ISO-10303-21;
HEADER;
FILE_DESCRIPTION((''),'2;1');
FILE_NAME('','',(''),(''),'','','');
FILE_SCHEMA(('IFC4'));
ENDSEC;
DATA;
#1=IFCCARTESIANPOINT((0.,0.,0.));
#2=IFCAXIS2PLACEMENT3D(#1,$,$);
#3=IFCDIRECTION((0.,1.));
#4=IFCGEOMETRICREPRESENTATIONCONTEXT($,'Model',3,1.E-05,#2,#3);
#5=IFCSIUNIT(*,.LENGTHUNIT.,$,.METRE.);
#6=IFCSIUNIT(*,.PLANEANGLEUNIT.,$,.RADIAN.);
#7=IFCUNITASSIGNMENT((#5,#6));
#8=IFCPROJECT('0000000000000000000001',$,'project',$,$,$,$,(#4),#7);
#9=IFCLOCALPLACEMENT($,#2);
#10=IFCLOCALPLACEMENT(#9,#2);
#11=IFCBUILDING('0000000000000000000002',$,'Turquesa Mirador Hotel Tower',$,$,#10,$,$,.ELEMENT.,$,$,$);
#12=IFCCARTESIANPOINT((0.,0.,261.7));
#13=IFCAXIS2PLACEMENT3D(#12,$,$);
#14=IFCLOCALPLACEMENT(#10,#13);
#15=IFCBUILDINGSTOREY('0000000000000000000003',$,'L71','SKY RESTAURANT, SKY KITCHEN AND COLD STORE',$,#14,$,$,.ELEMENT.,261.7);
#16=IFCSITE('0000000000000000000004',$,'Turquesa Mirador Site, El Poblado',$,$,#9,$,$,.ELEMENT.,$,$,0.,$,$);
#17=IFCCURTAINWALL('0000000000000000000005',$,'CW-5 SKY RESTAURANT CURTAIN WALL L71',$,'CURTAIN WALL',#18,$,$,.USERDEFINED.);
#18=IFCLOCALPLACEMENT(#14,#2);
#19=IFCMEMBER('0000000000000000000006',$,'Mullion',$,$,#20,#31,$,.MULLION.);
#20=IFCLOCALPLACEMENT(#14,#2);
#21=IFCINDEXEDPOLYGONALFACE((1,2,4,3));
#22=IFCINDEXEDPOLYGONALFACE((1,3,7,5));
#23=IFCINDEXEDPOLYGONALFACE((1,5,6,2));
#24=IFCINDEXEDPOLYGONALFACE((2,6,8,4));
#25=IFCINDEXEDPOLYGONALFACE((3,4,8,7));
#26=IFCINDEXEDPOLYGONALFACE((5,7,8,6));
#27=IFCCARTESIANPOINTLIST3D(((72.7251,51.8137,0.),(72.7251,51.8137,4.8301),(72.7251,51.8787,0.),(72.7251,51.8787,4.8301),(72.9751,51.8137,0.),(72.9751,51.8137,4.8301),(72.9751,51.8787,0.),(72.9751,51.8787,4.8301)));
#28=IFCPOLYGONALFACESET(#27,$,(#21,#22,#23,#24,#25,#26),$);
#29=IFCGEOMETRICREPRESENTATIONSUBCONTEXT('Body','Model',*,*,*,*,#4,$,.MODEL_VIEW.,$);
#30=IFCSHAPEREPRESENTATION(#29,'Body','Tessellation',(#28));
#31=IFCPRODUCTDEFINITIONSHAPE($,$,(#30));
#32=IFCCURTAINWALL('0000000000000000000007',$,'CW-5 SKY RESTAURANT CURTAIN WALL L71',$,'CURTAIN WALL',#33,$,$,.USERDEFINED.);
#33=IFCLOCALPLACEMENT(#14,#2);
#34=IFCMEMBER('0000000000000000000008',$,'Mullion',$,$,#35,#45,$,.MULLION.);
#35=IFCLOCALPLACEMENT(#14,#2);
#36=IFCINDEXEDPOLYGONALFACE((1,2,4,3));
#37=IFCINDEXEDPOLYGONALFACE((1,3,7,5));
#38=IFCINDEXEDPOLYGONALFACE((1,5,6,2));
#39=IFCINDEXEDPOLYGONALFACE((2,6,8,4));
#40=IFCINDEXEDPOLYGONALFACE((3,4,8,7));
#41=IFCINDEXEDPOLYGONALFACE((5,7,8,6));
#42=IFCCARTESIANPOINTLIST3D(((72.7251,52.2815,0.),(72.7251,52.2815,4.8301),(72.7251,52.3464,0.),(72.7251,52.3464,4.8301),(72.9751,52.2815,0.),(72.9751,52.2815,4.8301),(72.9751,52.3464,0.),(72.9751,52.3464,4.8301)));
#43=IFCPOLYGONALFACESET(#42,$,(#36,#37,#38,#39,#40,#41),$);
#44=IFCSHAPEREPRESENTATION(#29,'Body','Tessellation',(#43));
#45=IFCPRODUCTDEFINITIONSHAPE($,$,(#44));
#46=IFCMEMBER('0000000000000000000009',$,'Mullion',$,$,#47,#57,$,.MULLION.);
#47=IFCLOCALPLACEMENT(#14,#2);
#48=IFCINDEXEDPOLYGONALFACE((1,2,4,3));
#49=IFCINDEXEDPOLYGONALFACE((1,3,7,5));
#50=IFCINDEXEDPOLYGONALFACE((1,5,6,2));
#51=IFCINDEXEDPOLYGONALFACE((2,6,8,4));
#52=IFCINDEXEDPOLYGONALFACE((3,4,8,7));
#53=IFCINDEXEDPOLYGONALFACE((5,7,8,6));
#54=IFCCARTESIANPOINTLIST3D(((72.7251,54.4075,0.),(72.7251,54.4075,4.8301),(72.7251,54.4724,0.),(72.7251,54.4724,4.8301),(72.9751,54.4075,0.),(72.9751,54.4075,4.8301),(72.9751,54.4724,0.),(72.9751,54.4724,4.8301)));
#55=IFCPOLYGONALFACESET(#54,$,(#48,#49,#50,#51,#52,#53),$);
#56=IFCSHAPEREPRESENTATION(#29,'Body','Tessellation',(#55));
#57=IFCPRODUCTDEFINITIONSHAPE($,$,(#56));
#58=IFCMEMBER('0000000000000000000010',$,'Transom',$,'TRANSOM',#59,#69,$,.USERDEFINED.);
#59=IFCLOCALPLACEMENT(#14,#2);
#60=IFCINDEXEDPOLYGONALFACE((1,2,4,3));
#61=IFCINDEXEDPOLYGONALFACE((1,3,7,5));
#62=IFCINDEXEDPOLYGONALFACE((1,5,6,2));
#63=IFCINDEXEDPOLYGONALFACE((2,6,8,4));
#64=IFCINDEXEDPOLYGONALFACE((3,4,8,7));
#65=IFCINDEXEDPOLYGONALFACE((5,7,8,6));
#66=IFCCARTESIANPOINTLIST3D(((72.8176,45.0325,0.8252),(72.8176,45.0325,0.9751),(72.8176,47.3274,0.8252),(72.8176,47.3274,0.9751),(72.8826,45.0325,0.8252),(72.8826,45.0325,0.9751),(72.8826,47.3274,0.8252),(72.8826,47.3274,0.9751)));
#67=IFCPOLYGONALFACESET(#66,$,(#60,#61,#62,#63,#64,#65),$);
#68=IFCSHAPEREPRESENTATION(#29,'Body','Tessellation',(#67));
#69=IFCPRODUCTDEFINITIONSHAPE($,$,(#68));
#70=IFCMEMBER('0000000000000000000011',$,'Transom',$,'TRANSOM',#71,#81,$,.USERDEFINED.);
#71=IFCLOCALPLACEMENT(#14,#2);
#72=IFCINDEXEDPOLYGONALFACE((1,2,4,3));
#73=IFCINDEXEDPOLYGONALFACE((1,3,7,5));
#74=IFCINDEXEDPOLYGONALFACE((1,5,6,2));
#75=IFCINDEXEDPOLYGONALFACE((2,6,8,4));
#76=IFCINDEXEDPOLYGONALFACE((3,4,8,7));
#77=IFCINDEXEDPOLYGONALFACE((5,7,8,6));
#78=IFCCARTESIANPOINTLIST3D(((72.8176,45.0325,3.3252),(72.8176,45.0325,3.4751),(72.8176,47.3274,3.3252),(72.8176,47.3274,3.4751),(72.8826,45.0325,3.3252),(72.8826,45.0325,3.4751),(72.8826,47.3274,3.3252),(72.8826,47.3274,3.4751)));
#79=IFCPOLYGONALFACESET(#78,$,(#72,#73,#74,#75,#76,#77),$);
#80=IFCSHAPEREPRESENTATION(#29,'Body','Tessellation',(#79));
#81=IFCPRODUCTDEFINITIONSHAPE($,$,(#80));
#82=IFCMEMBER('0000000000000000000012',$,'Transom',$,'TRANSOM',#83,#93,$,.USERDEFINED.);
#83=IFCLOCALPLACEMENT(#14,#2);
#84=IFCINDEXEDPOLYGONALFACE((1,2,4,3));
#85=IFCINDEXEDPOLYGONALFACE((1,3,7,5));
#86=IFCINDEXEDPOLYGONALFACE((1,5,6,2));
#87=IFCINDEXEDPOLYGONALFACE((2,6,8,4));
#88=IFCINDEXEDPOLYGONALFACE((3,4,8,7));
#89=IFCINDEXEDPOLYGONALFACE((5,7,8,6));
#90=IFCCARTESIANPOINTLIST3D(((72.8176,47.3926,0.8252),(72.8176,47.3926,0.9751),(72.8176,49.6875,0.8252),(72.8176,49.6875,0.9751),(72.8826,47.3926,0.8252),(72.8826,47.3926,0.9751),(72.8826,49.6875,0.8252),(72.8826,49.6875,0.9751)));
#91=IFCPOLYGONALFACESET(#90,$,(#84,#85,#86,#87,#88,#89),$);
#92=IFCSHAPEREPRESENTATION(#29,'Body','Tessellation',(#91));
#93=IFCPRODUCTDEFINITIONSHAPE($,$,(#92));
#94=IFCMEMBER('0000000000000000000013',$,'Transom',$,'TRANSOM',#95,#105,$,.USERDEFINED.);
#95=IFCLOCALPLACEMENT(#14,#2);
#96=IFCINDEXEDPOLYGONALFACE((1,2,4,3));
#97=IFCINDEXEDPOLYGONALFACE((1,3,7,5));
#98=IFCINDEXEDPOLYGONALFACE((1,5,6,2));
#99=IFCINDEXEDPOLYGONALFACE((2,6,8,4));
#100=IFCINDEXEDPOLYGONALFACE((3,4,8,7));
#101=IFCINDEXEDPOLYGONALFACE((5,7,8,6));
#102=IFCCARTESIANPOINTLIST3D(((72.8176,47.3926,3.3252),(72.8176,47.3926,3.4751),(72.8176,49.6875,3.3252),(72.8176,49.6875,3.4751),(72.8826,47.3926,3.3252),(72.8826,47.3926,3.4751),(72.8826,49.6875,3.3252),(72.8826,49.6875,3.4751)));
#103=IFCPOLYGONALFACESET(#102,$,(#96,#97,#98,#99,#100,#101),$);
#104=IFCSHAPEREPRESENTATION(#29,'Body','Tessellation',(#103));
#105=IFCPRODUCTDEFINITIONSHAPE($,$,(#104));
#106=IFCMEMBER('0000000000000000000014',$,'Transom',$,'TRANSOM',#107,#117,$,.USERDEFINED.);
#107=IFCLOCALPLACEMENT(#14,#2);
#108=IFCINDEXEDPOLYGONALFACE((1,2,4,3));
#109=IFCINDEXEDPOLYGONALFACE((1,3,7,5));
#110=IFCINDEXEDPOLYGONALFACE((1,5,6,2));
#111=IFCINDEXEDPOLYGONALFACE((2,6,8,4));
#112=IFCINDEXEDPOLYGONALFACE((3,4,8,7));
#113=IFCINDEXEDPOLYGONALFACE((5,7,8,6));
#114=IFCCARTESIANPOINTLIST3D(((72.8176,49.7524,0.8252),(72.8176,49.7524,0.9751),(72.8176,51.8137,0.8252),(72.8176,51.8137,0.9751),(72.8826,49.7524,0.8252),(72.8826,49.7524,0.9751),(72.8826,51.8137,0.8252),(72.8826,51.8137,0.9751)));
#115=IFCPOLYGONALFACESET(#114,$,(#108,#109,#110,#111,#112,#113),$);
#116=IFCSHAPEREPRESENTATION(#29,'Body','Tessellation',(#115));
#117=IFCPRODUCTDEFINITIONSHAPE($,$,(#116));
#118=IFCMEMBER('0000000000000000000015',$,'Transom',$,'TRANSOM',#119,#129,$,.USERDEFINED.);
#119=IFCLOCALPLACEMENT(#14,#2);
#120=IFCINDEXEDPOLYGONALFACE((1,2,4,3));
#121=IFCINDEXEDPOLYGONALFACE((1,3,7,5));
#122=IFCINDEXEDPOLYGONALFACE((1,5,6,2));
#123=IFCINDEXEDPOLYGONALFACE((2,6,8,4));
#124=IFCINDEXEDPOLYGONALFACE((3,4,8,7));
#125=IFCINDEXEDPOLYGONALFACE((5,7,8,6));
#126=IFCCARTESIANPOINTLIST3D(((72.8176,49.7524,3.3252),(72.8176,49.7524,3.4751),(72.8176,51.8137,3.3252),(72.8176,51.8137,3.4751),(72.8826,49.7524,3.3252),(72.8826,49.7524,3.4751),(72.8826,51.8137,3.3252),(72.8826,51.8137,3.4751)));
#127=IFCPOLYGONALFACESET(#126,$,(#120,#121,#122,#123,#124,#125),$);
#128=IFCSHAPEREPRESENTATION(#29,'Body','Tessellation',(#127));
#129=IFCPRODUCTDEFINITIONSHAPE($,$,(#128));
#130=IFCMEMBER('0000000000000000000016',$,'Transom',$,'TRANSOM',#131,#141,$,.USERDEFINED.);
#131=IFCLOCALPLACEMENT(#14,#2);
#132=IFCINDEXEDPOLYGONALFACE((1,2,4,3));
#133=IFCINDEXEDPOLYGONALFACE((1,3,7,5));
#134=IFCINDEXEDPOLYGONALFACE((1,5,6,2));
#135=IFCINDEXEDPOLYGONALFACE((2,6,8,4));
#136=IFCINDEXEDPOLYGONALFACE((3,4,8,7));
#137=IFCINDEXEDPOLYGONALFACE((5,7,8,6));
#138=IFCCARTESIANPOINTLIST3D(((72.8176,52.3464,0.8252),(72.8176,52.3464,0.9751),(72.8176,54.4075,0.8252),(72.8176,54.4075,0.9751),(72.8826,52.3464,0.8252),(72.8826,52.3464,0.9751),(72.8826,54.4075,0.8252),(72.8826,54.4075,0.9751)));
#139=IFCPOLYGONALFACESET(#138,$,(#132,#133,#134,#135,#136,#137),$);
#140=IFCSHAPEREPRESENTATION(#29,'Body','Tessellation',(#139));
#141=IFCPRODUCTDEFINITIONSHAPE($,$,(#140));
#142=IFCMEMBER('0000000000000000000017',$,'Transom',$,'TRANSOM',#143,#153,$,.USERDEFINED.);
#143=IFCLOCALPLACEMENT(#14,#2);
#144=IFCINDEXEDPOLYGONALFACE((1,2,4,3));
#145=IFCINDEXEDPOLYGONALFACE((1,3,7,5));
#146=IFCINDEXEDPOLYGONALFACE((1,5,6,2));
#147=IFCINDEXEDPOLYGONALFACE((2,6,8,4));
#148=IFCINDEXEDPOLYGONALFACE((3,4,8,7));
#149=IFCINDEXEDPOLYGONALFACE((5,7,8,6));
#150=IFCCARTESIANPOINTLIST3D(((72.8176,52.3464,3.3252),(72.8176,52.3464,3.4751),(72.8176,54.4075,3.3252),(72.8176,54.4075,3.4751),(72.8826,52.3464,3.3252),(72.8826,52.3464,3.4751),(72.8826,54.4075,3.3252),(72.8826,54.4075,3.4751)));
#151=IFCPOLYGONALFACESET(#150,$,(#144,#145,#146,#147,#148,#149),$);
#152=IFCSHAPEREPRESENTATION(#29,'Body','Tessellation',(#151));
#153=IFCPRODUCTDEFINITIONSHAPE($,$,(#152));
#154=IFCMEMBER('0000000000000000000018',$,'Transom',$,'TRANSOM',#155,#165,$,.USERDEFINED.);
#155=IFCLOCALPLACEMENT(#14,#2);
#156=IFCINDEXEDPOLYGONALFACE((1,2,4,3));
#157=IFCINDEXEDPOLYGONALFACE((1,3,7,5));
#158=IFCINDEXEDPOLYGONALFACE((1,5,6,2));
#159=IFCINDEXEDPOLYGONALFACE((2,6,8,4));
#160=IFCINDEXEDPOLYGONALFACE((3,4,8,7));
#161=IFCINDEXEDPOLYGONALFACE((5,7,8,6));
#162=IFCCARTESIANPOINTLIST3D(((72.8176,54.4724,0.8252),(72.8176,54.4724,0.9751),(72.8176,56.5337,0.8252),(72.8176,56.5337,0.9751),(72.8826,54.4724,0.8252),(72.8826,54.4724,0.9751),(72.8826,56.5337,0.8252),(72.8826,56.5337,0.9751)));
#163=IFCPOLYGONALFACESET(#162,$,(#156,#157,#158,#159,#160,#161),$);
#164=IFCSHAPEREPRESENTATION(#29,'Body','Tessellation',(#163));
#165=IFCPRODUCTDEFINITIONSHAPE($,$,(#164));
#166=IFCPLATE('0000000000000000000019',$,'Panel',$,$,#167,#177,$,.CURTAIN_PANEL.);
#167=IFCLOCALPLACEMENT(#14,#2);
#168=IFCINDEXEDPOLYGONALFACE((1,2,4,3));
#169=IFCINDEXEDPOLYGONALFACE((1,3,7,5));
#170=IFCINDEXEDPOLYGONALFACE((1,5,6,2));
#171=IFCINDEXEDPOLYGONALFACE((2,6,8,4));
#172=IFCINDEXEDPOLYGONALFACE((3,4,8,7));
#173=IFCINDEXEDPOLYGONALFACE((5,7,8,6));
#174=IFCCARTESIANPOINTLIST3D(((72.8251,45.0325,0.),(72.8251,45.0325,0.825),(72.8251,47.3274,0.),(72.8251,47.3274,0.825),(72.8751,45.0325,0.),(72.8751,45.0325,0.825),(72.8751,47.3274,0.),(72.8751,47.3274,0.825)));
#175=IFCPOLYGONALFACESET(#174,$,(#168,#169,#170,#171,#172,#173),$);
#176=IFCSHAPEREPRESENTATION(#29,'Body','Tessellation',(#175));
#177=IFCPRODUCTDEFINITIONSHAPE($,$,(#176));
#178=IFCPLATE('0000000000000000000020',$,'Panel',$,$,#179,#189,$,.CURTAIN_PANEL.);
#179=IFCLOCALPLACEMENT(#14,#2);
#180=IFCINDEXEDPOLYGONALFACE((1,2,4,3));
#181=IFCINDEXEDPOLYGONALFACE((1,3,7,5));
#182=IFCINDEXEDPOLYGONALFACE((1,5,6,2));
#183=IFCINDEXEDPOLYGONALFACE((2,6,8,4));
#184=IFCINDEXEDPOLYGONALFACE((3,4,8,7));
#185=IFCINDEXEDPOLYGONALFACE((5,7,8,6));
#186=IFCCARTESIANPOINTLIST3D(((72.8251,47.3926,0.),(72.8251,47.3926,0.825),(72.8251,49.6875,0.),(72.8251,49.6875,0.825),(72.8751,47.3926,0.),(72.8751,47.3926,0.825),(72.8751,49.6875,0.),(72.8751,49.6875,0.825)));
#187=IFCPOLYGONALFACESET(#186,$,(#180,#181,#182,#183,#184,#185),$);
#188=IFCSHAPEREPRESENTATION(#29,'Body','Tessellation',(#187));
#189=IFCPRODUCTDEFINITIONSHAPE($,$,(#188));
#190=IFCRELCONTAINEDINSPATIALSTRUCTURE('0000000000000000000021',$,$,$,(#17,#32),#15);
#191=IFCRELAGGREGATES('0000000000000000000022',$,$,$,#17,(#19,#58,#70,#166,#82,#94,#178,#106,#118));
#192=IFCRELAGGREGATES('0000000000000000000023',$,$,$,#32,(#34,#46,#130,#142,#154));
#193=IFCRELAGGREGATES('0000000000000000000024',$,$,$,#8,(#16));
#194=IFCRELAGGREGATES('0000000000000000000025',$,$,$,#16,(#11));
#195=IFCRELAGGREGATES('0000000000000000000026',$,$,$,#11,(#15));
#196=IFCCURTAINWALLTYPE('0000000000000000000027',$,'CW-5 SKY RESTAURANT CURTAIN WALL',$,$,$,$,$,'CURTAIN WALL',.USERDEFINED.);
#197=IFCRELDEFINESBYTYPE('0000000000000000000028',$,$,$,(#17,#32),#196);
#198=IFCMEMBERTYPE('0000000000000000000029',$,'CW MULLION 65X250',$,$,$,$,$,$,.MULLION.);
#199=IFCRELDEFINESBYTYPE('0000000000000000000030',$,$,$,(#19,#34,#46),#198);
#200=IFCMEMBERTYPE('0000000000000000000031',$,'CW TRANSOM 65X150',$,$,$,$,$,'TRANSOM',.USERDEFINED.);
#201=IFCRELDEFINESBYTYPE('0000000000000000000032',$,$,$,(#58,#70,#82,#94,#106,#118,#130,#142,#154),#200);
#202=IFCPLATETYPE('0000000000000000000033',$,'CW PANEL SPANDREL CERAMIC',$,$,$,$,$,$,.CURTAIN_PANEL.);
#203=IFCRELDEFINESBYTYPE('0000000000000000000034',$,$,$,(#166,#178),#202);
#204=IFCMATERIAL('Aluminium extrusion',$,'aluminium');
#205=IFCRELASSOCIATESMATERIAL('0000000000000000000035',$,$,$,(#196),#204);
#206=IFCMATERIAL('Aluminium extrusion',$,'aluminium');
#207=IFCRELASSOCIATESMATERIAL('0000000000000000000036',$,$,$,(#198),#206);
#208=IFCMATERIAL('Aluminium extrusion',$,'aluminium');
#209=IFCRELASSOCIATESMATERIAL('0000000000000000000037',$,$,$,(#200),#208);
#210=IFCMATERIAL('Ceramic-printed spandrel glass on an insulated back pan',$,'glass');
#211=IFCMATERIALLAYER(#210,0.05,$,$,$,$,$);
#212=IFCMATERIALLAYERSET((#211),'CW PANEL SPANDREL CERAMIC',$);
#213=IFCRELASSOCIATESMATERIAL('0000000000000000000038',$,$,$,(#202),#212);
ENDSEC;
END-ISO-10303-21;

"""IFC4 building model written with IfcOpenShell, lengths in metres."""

from ifc_helpers import new_model, si_unit, direction, frame, origin, origin_2d, place, context, subcontext, project, spatial, rectangle, extrude, material, layer, layer_set, material_profile, profile_set, type_object, element, aggregate, save


model = new_model("IFC4")

# Units and contexts
model_context = context("Model", 3, precision=1e-05, world=origin(), true_north=direction((0.0, 1.0)))
body_context = subcontext(model_context, "Body", "Model", "MODEL_VIEW")
ifc_project = project(units=[si_unit("LENGTHUNIT", "METRE"), si_unit("PLANEANGLEUNIT", "RADIAN")], contexts=[model_context])

# Site, building, storey
site_placement = place(None, origin())
site = spatial("IfcSite", under=ifc_project, at=site_placement, Name="Turquesa Mirador Site, El Poblado", CompositionType="ELEMENT", RefElevation=0.0)
building_placement = place(site_placement, origin())
building = spatial("IfcBuilding", under=site, at=building_placement, Name="Turquesa Mirador Hotel Tower", CompositionType="ELEMENT")
storey_placement = place(building_placement, frame((0.0, 0.0, 261.7)))
storey = spatial("IfcBuildingStorey", under=building, at=storey_placement, Name="L71", Description="SKY RESTAURANT, SKY KITCHEN AND COLD STORE", CompositionType="ELEMENT", Elevation=261.7)

# Curtain walls, members
ifc_material_1 = material(Name="Aluminium extrusion", Category="aluminium")
curtain_wall_type = type_object("IfcCurtainWallType", Name="CW-5 SKY RESTAURANT CURTAIN WALL", ElementType="CURTAIN WALL", PredefinedType="USERDEFINED", material=ifc_material_1)
curtain_wall_1_placement = place(storey_placement, origin())
curtain_wall_1 = element("IfcCurtainWall", 1, at=curtain_wall_1_placement, inside=storey, type_object=curtain_wall_type, Name="CW-5 SKY RESTAURANT CURTAIN WALL L71", ObjectType="CURTAIN WALL", PredefinedType="USERDEFINED")
ifc_material_2 = material(Name="Aluminium extrusion", Category="aluminium")
ifc_material_profile_1 = material_profile(ifc_material_2, rectangle(XDim=0.0649, YDim=0.25, at=origin_2d()), Name="MULLION 65X250")
ifc_profile_set_1 = profile_set([ifc_material_profile_1], Name="Aluminium extrusion")
member_type_1 = type_object("IfcMemberType", Name="CW MULLION 65X250", PredefinedType="MULLION", material=ifc_profile_set_1)
member_1_placement = place(storey_placement, frame((72.8501, 51.8462, 0.0), z_axis=(0.0, 0.0, 1.0), x_axis=(0.0, 1.0, 0.0)))
member_1 = element("IfcMember", 2, at=member_1_placement, type_object=member_type_1, Name="Mullion", PredefinedType="MULLION", context=body_context, shape_type="SweptSolid", body=[
    extrude(rectangle(XDim=0.0649, YDim=0.25, at=origin_2d()), origin(), (0.0, 0.0, 1.0), 4.8301),
])
curtain_wall_2_placement = place(storey_placement, origin())
curtain_wall_2 = element("IfcCurtainWall", 3, at=curtain_wall_2_placement, inside=storey, type_object=curtain_wall_type, Name="CW-5 SKY RESTAURANT CURTAIN WALL L71", ObjectType="CURTAIN WALL", PredefinedType="USERDEFINED")
member_2_placement = place(storey_placement, frame((72.8501, 52.314, 0.0), z_axis=(0.0, 0.0, 1.0), x_axis=(0.0, 1.0, 0.0)))
member_2 = element("IfcMember", 4, at=member_2_placement, type_object=member_type_1, Name="Mullion", PredefinedType="MULLION", context=body_context, shape_type="SweptSolid", body=[
    extrude(rectangle(XDim=0.0649, YDim=0.25, at=origin_2d()), origin(), (0.0, 0.0, 1.0), 4.8301),
])
member_3_placement = place(storey_placement, frame((72.8501, 54.4399, 0.0), z_axis=(0.0, 0.0, 1.0), x_axis=(0.0, 1.0, 0.0)))
member_3 = element("IfcMember", 5, at=member_3_placement, type_object=member_type_1, Name="Mullion", PredefinedType="MULLION", context=body_context, shape_type="SweptSolid", body=[
    extrude(rectangle(XDim=0.0649, YDim=0.25, at=origin_2d()), origin(), (0.0, 0.0, 1.0), 4.8301),
])

# Members
ifc_material_3 = material(Name="Aluminium extrusion", Category="aluminium")
ifc_material_profile_2 = material_profile(ifc_material_3, rectangle(XDim=0.0649, YDim=0.1499, at=origin_2d()), Name="TRANSOM 65X150")
ifc_profile_set_2 = profile_set([ifc_material_profile_2], Name="Aluminium extrusion")
member_type_2 = type_object("IfcMemberType", Name="CW TRANSOM 65X150", ElementType="TRANSOM", PredefinedType="USERDEFINED", material=ifc_profile_set_2)
member_4_placement = place(storey_placement, frame((72.8501, 45.0325, 0.9001), z_axis=(0.0, 1.0, 0.0), x_axis=(-1.0, 0.0, 0.0)))
member_4 = element("IfcMember", 6, at=member_4_placement, type_object=member_type_2, Name="Transom", ObjectType="TRANSOM", PredefinedType="USERDEFINED", context=body_context, shape_type="SweptSolid", body=[
    extrude(rectangle(XDim=0.0649, YDim=0.1499, at=origin_2d()), origin(), (0.0, 0.0, 1.0), 2.2949),
])
member_5_placement = place(storey_placement, frame((72.8501, 45.0325, 3.4001), z_axis=(0.0, 1.0, 0.0), x_axis=(-1.0, 0.0, 0.0)))
member_5 = element("IfcMember", 7, at=member_5_placement, type_object=member_type_2, Name="Transom", ObjectType="TRANSOM", PredefinedType="USERDEFINED", context=body_context, shape_type="SweptSolid", body=[
    extrude(rectangle(XDim=0.0649, YDim=0.1499, at=origin_2d()), origin(), (0.0, 0.0, 1.0), 2.2949),
])
member_6_placement = place(storey_placement, frame((72.8501, 47.3926, 0.9001), z_axis=(0.0, 1.0, 0.0), x_axis=(-1.0, 0.0, 0.0)))
member_6 = element("IfcMember", 8, at=member_6_placement, type_object=member_type_2, Name="Transom", ObjectType="TRANSOM", PredefinedType="USERDEFINED", context=body_context, shape_type="SweptSolid", body=[
    extrude(rectangle(XDim=0.0649, YDim=0.1499, at=origin_2d()), origin(), (0.0, 0.0, 1.0), 2.2949),
])
member_7_placement = place(storey_placement, frame((72.8501, 47.3926, 3.4001), z_axis=(0.0, 1.0, 0.0), x_axis=(-1.0, 0.0, 0.0)))
member_7 = element("IfcMember", 9, at=member_7_placement, type_object=member_type_2, Name="Transom", ObjectType="TRANSOM", PredefinedType="USERDEFINED", context=body_context, shape_type="SweptSolid", body=[
    extrude(rectangle(XDim=0.0649, YDim=0.1499, at=origin_2d()), origin(), (0.0, 0.0, 1.0), 2.2949),
])
member_8_placement = place(storey_placement, frame((72.8501, 49.7524, 0.9001), z_axis=(0.0, 1.0, 0.0), x_axis=(-1.0, 0.0, 0.0)))
member_8 = element("IfcMember", 10, at=member_8_placement, type_object=member_type_2, Name="Transom", ObjectType="TRANSOM", PredefinedType="USERDEFINED", context=body_context, shape_type="SweptSolid", body=[
    extrude(rectangle(XDim=0.0649, YDim=0.1499, at=origin_2d()), origin(), (0.0, 0.0, 1.0), 2.0613),
])
member_9_placement = place(storey_placement, frame((72.8501, 49.7524, 3.4001), z_axis=(0.0, 1.0, 0.0), x_axis=(-1.0, 0.0, 0.0)))
member_9 = element("IfcMember", 11, at=member_9_placement, type_object=member_type_2, Name="Transom", ObjectType="TRANSOM", PredefinedType="USERDEFINED", context=body_context, shape_type="SweptSolid", body=[
    extrude(rectangle(XDim=0.0649, YDim=0.1499, at=origin_2d()), origin(), (0.0, 0.0, 1.0), 2.0613),
])
member_10_placement = place(storey_placement, frame((72.8501, 52.3464, 0.9001), z_axis=(0.0, 1.0, 0.0), x_axis=(-1.0, 0.0, 0.0)))
member_10 = element("IfcMember", 12, at=member_10_placement, type_object=member_type_2, Name="Transom", ObjectType="TRANSOM", PredefinedType="USERDEFINED", context=body_context, shape_type="SweptSolid", body=[
    extrude(rectangle(XDim=0.0649, YDim=0.1499, at=origin_2d()), origin(), (0.0, 0.0, 1.0), 2.061),
])
member_11_placement = place(storey_placement, frame((72.8501, 52.3464, 3.4001), z_axis=(0.0, 1.0, 0.0), x_axis=(-1.0, 0.0, 0.0)))
member_11 = element("IfcMember", 13, at=member_11_placement, type_object=member_type_2, Name="Transom", ObjectType="TRANSOM", PredefinedType="USERDEFINED", context=body_context, shape_type="SweptSolid", body=[
    extrude(rectangle(XDim=0.0649, YDim=0.1499, at=origin_2d()), origin(), (0.0, 0.0, 1.0), 2.061),
])
member_12_placement = place(storey_placement, frame((72.8501, 54.4724, 0.9001), z_axis=(0.0, 1.0, 0.0), x_axis=(-1.0, 0.0, 0.0)))
member_12 = element("IfcMember", 14, at=member_12_placement, type_object=member_type_2, Name="Transom", ObjectType="TRANSOM", PredefinedType="USERDEFINED", context=body_context, shape_type="SweptSolid", body=[
    extrude(rectangle(XDim=0.0649, YDim=0.1499, at=origin_2d()), origin(), (0.0, 0.0, 1.0), 2.0613),
])

# Plates
ifc_material_4 = material(Name="Ceramic-printed spandrel glass on an insulated back pan", Category="glass")
ifc_layer_1 = layer(ifc_material_4, 0.05)
ifc_layer_set_1 = layer_set([ifc_layer_1], Name="CW PANEL SPANDREL CERAMIC")
plate_type_1 = type_object("IfcPlateType", Name="CW PANEL SPANDREL CERAMIC", PredefinedType="CURTAIN_PANEL", material=ifc_layer_set_1)
plate_1_placement = place(storey_placement, frame((72.8501, 46.1799, 0.0), z_axis=(0.0, 0.0, 1.0), x_axis=(0.0, 1.0, 0.0)))
plate_1 = element("IfcPlate", 15, at=plate_1_placement, type_object=plate_type_1, Name="Panel", PredefinedType="CURTAIN_PANEL", context=body_context, shape_type="SweptSolid", body=[
    extrude(rectangle(XDim=2.2949, YDim=0.05, at=origin_2d()), origin(), (0.0, 0.0, 1.0), 0.825),
])
plate_2_placement = place(storey_placement, frame((72.8501, 48.54, 0.0), z_axis=(0.0, 0.0, 1.0), x_axis=(0.0, 1.0, 0.0)))
plate_2 = element("IfcPlate", 16, at=plate_2_placement, type_object=plate_type_1, Name="Panel", PredefinedType="CURTAIN_PANEL", context=body_context, shape_type="SweptSolid", body=[
    extrude(rectangle(XDim=2.2949, YDim=0.05, at=origin_2d()), origin(), (0.0, 0.0, 1.0), 0.825),
])
aggregate(curtain_wall_1, [member_1, member_4, member_5, plate_1, member_6, member_7, plate_2, member_8, member_9])
aggregate(curtain_wall_2, [member_2, member_3, member_10, member_11, member_12])

save(model, "model.ifc")
